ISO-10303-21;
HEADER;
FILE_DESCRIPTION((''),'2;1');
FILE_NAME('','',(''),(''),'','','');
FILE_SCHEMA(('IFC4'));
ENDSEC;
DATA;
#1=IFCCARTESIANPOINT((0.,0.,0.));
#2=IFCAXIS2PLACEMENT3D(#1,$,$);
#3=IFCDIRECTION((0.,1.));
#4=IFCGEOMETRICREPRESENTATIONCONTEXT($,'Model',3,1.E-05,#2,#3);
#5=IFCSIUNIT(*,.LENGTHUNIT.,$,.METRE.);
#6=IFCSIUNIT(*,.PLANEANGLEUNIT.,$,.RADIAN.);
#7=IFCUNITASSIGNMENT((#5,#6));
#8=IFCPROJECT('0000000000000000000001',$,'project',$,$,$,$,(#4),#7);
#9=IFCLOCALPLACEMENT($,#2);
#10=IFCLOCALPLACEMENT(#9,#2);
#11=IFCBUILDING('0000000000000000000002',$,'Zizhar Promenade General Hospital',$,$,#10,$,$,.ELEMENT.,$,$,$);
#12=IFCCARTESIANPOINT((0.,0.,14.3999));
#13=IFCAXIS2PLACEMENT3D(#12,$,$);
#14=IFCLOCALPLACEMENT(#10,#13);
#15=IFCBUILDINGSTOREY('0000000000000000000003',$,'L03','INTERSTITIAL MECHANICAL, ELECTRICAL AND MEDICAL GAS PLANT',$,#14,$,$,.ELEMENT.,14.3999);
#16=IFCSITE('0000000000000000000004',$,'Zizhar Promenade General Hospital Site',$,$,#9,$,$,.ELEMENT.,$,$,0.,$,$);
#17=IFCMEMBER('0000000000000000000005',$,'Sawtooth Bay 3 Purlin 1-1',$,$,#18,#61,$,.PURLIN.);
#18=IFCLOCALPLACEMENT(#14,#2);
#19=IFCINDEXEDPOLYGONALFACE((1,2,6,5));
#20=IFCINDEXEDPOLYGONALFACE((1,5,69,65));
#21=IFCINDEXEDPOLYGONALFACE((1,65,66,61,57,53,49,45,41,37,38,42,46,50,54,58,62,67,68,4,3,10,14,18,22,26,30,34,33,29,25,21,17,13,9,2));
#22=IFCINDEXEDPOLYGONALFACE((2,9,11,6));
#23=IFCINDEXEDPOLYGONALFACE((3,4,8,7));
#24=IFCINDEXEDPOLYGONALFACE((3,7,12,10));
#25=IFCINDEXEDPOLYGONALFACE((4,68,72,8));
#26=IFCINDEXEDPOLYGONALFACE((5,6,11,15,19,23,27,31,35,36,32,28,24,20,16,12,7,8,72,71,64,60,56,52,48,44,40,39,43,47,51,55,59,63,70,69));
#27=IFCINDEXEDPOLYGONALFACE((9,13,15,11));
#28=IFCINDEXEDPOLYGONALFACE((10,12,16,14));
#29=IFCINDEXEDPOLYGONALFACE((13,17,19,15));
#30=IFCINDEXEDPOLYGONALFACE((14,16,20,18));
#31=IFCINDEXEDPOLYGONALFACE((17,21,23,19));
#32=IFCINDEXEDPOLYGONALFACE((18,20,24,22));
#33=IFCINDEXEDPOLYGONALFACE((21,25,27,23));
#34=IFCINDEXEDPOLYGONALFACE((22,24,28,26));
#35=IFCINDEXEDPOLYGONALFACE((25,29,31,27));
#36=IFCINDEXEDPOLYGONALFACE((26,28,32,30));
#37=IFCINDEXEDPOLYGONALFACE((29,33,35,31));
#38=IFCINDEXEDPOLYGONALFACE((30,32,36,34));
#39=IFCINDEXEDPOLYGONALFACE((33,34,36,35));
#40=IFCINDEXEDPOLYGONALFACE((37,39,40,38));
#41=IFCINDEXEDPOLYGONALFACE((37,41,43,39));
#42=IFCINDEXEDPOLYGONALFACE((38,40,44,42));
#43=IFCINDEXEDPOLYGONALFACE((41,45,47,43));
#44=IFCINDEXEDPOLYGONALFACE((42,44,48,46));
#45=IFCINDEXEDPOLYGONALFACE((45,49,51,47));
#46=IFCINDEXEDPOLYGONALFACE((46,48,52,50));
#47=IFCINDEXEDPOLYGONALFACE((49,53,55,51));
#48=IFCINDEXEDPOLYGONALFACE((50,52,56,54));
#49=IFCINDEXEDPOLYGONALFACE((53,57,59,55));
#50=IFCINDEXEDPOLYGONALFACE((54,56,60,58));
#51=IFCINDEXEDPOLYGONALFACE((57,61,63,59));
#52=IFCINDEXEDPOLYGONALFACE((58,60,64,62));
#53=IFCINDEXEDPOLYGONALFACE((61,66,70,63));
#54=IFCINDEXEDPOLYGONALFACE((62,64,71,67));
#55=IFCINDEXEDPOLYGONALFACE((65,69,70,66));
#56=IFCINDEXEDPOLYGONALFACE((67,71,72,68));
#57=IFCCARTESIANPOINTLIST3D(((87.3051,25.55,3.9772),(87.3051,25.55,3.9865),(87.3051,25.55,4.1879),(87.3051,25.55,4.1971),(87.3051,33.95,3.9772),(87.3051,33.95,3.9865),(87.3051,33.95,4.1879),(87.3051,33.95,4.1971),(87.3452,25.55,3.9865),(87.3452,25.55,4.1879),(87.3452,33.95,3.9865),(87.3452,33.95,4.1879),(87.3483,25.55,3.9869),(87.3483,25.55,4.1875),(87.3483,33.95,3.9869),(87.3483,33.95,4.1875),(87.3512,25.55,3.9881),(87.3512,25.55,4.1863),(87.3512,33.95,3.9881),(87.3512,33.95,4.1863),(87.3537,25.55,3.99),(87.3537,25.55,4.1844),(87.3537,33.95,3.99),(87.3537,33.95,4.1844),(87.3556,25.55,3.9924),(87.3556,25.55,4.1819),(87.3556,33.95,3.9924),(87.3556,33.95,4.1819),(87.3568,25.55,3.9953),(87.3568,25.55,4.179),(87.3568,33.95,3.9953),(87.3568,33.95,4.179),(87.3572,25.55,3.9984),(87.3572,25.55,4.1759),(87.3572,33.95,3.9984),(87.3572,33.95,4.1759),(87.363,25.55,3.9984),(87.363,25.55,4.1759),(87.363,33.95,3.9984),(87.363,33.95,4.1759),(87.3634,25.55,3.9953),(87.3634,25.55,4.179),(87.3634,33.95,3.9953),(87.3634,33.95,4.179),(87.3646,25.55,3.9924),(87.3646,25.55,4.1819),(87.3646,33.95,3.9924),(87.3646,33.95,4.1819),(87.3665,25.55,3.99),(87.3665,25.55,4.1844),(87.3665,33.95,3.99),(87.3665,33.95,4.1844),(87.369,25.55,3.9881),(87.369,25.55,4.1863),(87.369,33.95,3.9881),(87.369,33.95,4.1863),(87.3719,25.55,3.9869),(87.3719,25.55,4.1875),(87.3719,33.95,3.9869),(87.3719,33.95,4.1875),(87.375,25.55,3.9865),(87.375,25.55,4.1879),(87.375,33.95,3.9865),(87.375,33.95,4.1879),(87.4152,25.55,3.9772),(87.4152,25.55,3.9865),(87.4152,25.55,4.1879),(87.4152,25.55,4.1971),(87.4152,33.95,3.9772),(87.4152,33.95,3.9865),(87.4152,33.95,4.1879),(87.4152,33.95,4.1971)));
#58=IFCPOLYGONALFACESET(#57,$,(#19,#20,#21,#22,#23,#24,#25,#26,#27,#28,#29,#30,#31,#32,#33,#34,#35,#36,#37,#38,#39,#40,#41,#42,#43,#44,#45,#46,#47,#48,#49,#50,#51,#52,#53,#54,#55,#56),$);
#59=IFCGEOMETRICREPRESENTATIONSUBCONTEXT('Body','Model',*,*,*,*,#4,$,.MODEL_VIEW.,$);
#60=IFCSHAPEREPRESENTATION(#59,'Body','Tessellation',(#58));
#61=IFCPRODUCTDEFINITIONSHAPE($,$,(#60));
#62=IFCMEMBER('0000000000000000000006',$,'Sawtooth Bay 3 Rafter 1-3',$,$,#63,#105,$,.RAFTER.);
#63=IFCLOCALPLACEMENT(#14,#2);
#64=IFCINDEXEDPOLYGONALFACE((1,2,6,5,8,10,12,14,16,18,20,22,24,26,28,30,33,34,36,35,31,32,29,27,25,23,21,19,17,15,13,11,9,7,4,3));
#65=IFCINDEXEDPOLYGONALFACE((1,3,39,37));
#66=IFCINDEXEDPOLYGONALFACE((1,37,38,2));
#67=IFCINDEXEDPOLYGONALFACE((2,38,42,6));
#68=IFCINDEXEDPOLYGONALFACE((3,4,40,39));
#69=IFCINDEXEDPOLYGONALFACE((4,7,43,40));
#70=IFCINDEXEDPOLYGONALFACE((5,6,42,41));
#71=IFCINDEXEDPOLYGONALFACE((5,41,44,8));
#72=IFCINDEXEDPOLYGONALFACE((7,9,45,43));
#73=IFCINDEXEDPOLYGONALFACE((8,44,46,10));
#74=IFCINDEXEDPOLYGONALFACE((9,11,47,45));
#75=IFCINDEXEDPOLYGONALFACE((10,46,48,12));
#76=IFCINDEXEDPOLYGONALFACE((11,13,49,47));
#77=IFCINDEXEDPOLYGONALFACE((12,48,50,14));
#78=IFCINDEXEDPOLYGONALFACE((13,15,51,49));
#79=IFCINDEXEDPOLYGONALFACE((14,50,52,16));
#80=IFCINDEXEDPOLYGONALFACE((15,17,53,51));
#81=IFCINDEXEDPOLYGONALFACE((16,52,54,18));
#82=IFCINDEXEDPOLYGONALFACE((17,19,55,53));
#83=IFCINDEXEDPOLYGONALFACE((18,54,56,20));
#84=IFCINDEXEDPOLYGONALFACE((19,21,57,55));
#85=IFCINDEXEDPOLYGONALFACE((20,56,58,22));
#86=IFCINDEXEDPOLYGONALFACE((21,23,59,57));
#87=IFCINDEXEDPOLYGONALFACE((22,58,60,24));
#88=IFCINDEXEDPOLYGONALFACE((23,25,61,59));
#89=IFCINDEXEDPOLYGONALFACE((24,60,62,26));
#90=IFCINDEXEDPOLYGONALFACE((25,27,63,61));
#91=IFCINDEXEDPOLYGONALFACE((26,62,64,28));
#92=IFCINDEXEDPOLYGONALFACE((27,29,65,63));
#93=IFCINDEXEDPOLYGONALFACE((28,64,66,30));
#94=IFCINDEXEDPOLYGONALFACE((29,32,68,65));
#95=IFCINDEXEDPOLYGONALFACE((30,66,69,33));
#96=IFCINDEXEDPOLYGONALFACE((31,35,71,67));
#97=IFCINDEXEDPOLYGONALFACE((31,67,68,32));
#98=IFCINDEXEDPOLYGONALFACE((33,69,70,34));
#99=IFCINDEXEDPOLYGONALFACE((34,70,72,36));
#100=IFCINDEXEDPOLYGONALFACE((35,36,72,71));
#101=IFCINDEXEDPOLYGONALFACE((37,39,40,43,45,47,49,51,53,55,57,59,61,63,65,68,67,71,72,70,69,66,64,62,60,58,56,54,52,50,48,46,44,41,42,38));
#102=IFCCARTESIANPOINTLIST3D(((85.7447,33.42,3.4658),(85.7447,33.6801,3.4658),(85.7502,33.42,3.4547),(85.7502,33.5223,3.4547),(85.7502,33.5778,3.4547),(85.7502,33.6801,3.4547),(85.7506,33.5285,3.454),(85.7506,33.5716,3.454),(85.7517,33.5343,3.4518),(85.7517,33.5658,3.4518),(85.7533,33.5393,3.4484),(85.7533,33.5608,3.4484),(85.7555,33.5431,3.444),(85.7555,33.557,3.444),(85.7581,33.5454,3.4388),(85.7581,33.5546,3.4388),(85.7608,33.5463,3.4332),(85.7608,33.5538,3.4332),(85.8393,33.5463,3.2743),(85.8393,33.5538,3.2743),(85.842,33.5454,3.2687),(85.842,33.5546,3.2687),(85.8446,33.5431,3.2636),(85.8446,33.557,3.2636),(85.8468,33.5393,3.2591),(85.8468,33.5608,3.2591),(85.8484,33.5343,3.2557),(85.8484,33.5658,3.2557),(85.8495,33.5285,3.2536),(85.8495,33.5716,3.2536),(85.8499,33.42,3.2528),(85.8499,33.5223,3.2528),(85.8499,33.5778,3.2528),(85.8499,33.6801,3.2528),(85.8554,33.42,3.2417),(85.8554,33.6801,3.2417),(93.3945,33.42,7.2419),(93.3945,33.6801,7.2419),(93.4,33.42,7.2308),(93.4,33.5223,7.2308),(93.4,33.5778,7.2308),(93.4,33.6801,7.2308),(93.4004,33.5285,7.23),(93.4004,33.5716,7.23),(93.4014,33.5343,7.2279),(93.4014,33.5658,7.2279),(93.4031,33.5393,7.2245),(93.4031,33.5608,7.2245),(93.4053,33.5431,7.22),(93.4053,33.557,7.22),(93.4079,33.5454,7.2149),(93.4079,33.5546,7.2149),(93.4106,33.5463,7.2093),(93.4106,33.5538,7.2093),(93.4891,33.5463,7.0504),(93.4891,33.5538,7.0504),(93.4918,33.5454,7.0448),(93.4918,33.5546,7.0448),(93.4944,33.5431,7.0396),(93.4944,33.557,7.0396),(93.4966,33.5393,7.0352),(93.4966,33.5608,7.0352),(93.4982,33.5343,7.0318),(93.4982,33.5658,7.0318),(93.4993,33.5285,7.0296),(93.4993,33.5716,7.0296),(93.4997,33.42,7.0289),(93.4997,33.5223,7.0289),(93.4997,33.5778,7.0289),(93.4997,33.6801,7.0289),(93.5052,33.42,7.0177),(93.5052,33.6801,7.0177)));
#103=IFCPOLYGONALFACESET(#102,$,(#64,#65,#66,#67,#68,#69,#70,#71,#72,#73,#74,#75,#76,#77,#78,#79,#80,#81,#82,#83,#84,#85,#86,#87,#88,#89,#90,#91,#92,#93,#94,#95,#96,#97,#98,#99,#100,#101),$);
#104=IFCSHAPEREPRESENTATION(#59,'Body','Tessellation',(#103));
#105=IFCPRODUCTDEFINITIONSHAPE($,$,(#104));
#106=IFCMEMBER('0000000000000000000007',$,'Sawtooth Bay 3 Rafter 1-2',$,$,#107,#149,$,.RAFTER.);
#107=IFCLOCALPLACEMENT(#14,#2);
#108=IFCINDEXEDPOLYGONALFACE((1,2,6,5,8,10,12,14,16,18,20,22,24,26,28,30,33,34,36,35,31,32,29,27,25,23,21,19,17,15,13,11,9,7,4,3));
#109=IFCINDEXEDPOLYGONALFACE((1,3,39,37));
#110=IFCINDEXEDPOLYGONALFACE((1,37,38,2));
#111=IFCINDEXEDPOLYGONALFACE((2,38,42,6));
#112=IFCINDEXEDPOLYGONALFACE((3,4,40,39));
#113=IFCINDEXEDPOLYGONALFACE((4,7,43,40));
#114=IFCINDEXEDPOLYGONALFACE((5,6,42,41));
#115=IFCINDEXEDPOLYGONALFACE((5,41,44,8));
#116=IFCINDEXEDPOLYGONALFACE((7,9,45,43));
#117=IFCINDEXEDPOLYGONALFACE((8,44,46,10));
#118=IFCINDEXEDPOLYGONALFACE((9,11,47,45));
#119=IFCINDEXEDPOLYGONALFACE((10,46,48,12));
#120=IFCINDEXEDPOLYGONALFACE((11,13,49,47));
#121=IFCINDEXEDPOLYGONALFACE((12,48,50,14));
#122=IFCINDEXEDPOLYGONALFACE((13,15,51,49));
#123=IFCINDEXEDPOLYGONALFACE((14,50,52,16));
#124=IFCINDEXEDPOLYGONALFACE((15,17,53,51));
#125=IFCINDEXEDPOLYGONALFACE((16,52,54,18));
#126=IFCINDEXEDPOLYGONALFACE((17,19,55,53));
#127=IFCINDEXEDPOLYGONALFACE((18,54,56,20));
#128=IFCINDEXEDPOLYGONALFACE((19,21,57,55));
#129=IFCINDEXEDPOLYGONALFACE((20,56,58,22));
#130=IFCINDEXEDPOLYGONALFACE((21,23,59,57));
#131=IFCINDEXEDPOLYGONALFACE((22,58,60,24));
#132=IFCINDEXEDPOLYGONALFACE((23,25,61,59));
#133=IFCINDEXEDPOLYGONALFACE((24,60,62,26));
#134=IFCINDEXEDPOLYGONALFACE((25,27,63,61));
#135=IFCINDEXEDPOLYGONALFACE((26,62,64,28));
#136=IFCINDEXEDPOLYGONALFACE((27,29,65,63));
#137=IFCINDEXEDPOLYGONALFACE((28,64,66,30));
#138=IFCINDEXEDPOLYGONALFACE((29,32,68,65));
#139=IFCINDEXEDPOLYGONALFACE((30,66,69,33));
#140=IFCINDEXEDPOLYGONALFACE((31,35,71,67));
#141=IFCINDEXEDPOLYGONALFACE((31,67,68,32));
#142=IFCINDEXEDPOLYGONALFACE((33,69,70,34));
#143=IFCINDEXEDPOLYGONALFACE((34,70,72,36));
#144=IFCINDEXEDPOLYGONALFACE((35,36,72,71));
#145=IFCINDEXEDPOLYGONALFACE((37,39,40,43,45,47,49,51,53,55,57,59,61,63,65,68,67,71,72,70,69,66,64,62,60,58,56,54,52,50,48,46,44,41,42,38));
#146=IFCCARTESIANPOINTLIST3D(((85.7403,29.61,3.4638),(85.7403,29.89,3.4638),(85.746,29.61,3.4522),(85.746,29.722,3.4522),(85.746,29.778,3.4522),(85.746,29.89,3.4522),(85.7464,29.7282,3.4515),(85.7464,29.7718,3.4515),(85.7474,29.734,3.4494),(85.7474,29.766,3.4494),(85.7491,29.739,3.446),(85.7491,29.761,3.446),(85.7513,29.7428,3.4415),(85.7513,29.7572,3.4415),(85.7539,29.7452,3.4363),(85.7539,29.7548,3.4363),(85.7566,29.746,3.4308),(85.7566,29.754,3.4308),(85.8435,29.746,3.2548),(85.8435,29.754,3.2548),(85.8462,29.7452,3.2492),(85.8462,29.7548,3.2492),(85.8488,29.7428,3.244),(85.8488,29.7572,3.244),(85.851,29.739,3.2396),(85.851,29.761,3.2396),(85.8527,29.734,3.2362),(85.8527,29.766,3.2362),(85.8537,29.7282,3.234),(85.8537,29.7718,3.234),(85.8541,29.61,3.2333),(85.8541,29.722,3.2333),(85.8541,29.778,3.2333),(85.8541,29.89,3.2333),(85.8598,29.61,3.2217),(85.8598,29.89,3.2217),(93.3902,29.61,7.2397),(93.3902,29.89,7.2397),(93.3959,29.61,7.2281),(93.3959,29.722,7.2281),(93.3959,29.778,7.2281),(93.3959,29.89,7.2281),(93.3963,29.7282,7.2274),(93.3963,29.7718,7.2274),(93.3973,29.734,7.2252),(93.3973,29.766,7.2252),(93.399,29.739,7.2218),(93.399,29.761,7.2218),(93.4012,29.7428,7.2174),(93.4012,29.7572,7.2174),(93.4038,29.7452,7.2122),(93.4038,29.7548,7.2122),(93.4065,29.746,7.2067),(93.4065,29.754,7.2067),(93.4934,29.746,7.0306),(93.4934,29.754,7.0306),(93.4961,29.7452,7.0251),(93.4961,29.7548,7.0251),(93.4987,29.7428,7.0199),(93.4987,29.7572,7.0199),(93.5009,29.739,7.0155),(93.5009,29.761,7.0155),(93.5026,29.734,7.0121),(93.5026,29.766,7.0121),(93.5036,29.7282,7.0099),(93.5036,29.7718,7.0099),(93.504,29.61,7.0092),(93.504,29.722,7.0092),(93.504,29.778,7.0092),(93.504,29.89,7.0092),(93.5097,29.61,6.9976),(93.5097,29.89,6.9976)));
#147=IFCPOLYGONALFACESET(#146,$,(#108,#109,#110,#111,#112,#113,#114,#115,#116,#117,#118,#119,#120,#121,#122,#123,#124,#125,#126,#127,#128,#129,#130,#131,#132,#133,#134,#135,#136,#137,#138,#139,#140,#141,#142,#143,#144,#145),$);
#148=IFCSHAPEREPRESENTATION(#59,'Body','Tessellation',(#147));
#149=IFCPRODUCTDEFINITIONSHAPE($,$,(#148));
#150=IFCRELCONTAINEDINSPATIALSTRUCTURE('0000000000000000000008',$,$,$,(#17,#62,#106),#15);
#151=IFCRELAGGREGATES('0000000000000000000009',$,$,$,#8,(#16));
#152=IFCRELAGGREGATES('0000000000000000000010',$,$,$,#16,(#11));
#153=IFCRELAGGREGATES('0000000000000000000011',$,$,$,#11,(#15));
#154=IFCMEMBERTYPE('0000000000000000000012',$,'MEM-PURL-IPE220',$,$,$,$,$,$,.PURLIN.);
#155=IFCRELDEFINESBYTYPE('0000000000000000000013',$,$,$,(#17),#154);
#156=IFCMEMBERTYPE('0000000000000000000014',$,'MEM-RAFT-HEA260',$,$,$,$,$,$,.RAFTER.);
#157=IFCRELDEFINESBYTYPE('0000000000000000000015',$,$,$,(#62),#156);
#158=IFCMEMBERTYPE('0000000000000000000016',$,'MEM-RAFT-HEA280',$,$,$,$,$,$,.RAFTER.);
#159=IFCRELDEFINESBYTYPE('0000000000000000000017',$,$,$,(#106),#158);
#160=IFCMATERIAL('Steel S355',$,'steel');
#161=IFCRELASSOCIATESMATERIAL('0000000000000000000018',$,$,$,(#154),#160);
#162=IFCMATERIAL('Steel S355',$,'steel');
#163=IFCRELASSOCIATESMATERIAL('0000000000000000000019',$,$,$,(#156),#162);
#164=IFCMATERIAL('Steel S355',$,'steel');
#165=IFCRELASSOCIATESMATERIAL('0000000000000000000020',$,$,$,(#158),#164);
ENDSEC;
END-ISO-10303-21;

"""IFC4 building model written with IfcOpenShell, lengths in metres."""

from ifc_helpers import new_model, si_unit, direction, frame, origin, origin_2d, place, context, subcontext, project, spatial, i_section, extrude, material, material_profile, profile_set, type_object, element, save


model = new_model("IFC4")

# Units and contexts
model_context = context("Model", 3, precision=1e-05, world=origin(), true_north=direction((0.0, 1.0)))
body_context = subcontext(model_context, "Body", "Model", "MODEL_VIEW")
ifc_project = project(units=[si_unit("LENGTHUNIT", "METRE"), si_unit("PLANEANGLEUNIT", "RADIAN")], contexts=[model_context])

# Site, building, storey
site_placement = place(None, origin())
site = spatial("IfcSite", under=ifc_project, at=site_placement, Name="Zizhar Promenade General Hospital Site", CompositionType="ELEMENT", RefElevation=0.0)
building_placement = place(site_placement, origin())
building = spatial("IfcBuilding", under=site, at=building_placement, Name="Zizhar Promenade General Hospital", CompositionType="ELEMENT")
storey_placement = place(building_placement, frame((0.0, 0.0, 14.3999)))
storey = spatial("IfcBuildingStorey", under=building, at=storey_placement, Name="L03", Description="INTERSTITIAL MECHANICAL, ELECTRICAL AND MEDICAL GAS PLANT", CompositionType="ELEMENT", Elevation=14.3999)

# Members
ifc_material_1 = material(Name="Steel S355", Category="steel")
ifc_material_profile_1 = material_profile(ifc_material_1, i_section(OverallWidth=0.1101, OverallDepth=0.22, WebThickness=0.0059, FlangeThickness=0.0093, FilletRadius=0.012, at=origin_2d()))
ifc_profile_set_1 = profile_set([ifc_material_profile_1], Name="Steel S355")
member_type_1 = type_object("IfcMemberType", Name="MEM-PURL-IPE220", PredefinedType="PURLIN", material=ifc_profile_set_1)
member_1_placement = place(storey_placement, frame((87.3601, 25.55, 4.0872), z_axis=(0.0, 1.0, 0.0), x_axis=(-1.0, 0.0, 0.0)))
element("IfcMember", 1, at=member_1_placement, inside=storey, type_object=member_type_1, Name="Sawtooth Bay 3 Purlin 1-1", PredefinedType="PURLIN", context=body_context, shape_type="SweptSolid", body=[
    extrude(i_section(OverallWidth=0.1101, OverallDepth=0.22, WebThickness=0.0059, FlangeThickness=0.0093, FilletRadius=0.012, at=origin_2d()), origin(), (0.0, 0.0, 1.0), 8.3999),
])
ifc_material_2 = material(Name="Steel S355", Category="steel")
ifc_material_profile_2 = material_profile(ifc_material_2, i_section(OverallWidth=0.26, OverallDepth=0.25, WebThickness=0.0076, FlangeThickness=0.0125, FilletRadius=0.0239, at=origin_2d()))
ifc_profile_set_2 = profile_set([ifc_material_profile_2], Name="Steel S355")
member_type_2 = type_object("IfcMemberType", Name="MEM-RAFT-HEA260", PredefinedType="RAFTER", material=ifc_profile_set_2)
member_2_placement = place(storey_placement, frame((85.8, 33.55, 3.3538), z_axis=(0.896705, 0.0, 0.442629), x_axis=(0.0, 1.0, 0.0)))
element("IfcMember", 2, at=member_2_placement, inside=storey, type_object=member_type_2, Name="Sawtooth Bay 3 Rafter 1-3", PredefinedType="RAFTER", context=body_context, shape_type="SweptSolid", body=[
    extrude(i_section(OverallWidth=0.26, OverallDepth=0.25, WebThickness=0.0076, FlangeThickness=0.0125, FilletRadius=0.0239, at=origin_2d()), origin(), (0.0, 0.0, 1.0), 8.531),
])
ifc_material_3 = material(Name="Steel S355", Category="steel")
ifc_material_profile_3 = material_profile(ifc_material_3, i_section(OverallWidth=0.28, OverallDepth=0.27, WebThickness=0.0081, FlangeThickness=0.0129, FilletRadius=0.0239, at=origin_2d()))
ifc_profile_set_3 = profile_set([ifc_material_profile_3], Name="Steel S355")
member_type_3 = type_object("IfcMemberType", Name="MEM-RAFT-HEA280", PredefinedType="RAFTER", material=ifc_profile_set_3)
member_3_placement = place(storey_placement, frame((85.8, 29.75, 3.3428), z_axis=(0.896716, 0.0, 0.442606), x_axis=(0.0, 1.0, 0.0)))
element("IfcMember", 3, at=member_3_placement, inside=storey, type_object=member_type_3, Name="Sawtooth Bay 3 Rafter 1-2", PredefinedType="RAFTER", context=body_context, shape_type="SweptSolid", body=[
    extrude(i_section(OverallWidth=0.28, OverallDepth=0.27, WebThickness=0.0081, FlangeThickness=0.0129, FilletRadius=0.0239, at=origin_2d()), origin(), (0.0, 0.0, 1.0), 8.531),
])

save(model, "model.ifc")
